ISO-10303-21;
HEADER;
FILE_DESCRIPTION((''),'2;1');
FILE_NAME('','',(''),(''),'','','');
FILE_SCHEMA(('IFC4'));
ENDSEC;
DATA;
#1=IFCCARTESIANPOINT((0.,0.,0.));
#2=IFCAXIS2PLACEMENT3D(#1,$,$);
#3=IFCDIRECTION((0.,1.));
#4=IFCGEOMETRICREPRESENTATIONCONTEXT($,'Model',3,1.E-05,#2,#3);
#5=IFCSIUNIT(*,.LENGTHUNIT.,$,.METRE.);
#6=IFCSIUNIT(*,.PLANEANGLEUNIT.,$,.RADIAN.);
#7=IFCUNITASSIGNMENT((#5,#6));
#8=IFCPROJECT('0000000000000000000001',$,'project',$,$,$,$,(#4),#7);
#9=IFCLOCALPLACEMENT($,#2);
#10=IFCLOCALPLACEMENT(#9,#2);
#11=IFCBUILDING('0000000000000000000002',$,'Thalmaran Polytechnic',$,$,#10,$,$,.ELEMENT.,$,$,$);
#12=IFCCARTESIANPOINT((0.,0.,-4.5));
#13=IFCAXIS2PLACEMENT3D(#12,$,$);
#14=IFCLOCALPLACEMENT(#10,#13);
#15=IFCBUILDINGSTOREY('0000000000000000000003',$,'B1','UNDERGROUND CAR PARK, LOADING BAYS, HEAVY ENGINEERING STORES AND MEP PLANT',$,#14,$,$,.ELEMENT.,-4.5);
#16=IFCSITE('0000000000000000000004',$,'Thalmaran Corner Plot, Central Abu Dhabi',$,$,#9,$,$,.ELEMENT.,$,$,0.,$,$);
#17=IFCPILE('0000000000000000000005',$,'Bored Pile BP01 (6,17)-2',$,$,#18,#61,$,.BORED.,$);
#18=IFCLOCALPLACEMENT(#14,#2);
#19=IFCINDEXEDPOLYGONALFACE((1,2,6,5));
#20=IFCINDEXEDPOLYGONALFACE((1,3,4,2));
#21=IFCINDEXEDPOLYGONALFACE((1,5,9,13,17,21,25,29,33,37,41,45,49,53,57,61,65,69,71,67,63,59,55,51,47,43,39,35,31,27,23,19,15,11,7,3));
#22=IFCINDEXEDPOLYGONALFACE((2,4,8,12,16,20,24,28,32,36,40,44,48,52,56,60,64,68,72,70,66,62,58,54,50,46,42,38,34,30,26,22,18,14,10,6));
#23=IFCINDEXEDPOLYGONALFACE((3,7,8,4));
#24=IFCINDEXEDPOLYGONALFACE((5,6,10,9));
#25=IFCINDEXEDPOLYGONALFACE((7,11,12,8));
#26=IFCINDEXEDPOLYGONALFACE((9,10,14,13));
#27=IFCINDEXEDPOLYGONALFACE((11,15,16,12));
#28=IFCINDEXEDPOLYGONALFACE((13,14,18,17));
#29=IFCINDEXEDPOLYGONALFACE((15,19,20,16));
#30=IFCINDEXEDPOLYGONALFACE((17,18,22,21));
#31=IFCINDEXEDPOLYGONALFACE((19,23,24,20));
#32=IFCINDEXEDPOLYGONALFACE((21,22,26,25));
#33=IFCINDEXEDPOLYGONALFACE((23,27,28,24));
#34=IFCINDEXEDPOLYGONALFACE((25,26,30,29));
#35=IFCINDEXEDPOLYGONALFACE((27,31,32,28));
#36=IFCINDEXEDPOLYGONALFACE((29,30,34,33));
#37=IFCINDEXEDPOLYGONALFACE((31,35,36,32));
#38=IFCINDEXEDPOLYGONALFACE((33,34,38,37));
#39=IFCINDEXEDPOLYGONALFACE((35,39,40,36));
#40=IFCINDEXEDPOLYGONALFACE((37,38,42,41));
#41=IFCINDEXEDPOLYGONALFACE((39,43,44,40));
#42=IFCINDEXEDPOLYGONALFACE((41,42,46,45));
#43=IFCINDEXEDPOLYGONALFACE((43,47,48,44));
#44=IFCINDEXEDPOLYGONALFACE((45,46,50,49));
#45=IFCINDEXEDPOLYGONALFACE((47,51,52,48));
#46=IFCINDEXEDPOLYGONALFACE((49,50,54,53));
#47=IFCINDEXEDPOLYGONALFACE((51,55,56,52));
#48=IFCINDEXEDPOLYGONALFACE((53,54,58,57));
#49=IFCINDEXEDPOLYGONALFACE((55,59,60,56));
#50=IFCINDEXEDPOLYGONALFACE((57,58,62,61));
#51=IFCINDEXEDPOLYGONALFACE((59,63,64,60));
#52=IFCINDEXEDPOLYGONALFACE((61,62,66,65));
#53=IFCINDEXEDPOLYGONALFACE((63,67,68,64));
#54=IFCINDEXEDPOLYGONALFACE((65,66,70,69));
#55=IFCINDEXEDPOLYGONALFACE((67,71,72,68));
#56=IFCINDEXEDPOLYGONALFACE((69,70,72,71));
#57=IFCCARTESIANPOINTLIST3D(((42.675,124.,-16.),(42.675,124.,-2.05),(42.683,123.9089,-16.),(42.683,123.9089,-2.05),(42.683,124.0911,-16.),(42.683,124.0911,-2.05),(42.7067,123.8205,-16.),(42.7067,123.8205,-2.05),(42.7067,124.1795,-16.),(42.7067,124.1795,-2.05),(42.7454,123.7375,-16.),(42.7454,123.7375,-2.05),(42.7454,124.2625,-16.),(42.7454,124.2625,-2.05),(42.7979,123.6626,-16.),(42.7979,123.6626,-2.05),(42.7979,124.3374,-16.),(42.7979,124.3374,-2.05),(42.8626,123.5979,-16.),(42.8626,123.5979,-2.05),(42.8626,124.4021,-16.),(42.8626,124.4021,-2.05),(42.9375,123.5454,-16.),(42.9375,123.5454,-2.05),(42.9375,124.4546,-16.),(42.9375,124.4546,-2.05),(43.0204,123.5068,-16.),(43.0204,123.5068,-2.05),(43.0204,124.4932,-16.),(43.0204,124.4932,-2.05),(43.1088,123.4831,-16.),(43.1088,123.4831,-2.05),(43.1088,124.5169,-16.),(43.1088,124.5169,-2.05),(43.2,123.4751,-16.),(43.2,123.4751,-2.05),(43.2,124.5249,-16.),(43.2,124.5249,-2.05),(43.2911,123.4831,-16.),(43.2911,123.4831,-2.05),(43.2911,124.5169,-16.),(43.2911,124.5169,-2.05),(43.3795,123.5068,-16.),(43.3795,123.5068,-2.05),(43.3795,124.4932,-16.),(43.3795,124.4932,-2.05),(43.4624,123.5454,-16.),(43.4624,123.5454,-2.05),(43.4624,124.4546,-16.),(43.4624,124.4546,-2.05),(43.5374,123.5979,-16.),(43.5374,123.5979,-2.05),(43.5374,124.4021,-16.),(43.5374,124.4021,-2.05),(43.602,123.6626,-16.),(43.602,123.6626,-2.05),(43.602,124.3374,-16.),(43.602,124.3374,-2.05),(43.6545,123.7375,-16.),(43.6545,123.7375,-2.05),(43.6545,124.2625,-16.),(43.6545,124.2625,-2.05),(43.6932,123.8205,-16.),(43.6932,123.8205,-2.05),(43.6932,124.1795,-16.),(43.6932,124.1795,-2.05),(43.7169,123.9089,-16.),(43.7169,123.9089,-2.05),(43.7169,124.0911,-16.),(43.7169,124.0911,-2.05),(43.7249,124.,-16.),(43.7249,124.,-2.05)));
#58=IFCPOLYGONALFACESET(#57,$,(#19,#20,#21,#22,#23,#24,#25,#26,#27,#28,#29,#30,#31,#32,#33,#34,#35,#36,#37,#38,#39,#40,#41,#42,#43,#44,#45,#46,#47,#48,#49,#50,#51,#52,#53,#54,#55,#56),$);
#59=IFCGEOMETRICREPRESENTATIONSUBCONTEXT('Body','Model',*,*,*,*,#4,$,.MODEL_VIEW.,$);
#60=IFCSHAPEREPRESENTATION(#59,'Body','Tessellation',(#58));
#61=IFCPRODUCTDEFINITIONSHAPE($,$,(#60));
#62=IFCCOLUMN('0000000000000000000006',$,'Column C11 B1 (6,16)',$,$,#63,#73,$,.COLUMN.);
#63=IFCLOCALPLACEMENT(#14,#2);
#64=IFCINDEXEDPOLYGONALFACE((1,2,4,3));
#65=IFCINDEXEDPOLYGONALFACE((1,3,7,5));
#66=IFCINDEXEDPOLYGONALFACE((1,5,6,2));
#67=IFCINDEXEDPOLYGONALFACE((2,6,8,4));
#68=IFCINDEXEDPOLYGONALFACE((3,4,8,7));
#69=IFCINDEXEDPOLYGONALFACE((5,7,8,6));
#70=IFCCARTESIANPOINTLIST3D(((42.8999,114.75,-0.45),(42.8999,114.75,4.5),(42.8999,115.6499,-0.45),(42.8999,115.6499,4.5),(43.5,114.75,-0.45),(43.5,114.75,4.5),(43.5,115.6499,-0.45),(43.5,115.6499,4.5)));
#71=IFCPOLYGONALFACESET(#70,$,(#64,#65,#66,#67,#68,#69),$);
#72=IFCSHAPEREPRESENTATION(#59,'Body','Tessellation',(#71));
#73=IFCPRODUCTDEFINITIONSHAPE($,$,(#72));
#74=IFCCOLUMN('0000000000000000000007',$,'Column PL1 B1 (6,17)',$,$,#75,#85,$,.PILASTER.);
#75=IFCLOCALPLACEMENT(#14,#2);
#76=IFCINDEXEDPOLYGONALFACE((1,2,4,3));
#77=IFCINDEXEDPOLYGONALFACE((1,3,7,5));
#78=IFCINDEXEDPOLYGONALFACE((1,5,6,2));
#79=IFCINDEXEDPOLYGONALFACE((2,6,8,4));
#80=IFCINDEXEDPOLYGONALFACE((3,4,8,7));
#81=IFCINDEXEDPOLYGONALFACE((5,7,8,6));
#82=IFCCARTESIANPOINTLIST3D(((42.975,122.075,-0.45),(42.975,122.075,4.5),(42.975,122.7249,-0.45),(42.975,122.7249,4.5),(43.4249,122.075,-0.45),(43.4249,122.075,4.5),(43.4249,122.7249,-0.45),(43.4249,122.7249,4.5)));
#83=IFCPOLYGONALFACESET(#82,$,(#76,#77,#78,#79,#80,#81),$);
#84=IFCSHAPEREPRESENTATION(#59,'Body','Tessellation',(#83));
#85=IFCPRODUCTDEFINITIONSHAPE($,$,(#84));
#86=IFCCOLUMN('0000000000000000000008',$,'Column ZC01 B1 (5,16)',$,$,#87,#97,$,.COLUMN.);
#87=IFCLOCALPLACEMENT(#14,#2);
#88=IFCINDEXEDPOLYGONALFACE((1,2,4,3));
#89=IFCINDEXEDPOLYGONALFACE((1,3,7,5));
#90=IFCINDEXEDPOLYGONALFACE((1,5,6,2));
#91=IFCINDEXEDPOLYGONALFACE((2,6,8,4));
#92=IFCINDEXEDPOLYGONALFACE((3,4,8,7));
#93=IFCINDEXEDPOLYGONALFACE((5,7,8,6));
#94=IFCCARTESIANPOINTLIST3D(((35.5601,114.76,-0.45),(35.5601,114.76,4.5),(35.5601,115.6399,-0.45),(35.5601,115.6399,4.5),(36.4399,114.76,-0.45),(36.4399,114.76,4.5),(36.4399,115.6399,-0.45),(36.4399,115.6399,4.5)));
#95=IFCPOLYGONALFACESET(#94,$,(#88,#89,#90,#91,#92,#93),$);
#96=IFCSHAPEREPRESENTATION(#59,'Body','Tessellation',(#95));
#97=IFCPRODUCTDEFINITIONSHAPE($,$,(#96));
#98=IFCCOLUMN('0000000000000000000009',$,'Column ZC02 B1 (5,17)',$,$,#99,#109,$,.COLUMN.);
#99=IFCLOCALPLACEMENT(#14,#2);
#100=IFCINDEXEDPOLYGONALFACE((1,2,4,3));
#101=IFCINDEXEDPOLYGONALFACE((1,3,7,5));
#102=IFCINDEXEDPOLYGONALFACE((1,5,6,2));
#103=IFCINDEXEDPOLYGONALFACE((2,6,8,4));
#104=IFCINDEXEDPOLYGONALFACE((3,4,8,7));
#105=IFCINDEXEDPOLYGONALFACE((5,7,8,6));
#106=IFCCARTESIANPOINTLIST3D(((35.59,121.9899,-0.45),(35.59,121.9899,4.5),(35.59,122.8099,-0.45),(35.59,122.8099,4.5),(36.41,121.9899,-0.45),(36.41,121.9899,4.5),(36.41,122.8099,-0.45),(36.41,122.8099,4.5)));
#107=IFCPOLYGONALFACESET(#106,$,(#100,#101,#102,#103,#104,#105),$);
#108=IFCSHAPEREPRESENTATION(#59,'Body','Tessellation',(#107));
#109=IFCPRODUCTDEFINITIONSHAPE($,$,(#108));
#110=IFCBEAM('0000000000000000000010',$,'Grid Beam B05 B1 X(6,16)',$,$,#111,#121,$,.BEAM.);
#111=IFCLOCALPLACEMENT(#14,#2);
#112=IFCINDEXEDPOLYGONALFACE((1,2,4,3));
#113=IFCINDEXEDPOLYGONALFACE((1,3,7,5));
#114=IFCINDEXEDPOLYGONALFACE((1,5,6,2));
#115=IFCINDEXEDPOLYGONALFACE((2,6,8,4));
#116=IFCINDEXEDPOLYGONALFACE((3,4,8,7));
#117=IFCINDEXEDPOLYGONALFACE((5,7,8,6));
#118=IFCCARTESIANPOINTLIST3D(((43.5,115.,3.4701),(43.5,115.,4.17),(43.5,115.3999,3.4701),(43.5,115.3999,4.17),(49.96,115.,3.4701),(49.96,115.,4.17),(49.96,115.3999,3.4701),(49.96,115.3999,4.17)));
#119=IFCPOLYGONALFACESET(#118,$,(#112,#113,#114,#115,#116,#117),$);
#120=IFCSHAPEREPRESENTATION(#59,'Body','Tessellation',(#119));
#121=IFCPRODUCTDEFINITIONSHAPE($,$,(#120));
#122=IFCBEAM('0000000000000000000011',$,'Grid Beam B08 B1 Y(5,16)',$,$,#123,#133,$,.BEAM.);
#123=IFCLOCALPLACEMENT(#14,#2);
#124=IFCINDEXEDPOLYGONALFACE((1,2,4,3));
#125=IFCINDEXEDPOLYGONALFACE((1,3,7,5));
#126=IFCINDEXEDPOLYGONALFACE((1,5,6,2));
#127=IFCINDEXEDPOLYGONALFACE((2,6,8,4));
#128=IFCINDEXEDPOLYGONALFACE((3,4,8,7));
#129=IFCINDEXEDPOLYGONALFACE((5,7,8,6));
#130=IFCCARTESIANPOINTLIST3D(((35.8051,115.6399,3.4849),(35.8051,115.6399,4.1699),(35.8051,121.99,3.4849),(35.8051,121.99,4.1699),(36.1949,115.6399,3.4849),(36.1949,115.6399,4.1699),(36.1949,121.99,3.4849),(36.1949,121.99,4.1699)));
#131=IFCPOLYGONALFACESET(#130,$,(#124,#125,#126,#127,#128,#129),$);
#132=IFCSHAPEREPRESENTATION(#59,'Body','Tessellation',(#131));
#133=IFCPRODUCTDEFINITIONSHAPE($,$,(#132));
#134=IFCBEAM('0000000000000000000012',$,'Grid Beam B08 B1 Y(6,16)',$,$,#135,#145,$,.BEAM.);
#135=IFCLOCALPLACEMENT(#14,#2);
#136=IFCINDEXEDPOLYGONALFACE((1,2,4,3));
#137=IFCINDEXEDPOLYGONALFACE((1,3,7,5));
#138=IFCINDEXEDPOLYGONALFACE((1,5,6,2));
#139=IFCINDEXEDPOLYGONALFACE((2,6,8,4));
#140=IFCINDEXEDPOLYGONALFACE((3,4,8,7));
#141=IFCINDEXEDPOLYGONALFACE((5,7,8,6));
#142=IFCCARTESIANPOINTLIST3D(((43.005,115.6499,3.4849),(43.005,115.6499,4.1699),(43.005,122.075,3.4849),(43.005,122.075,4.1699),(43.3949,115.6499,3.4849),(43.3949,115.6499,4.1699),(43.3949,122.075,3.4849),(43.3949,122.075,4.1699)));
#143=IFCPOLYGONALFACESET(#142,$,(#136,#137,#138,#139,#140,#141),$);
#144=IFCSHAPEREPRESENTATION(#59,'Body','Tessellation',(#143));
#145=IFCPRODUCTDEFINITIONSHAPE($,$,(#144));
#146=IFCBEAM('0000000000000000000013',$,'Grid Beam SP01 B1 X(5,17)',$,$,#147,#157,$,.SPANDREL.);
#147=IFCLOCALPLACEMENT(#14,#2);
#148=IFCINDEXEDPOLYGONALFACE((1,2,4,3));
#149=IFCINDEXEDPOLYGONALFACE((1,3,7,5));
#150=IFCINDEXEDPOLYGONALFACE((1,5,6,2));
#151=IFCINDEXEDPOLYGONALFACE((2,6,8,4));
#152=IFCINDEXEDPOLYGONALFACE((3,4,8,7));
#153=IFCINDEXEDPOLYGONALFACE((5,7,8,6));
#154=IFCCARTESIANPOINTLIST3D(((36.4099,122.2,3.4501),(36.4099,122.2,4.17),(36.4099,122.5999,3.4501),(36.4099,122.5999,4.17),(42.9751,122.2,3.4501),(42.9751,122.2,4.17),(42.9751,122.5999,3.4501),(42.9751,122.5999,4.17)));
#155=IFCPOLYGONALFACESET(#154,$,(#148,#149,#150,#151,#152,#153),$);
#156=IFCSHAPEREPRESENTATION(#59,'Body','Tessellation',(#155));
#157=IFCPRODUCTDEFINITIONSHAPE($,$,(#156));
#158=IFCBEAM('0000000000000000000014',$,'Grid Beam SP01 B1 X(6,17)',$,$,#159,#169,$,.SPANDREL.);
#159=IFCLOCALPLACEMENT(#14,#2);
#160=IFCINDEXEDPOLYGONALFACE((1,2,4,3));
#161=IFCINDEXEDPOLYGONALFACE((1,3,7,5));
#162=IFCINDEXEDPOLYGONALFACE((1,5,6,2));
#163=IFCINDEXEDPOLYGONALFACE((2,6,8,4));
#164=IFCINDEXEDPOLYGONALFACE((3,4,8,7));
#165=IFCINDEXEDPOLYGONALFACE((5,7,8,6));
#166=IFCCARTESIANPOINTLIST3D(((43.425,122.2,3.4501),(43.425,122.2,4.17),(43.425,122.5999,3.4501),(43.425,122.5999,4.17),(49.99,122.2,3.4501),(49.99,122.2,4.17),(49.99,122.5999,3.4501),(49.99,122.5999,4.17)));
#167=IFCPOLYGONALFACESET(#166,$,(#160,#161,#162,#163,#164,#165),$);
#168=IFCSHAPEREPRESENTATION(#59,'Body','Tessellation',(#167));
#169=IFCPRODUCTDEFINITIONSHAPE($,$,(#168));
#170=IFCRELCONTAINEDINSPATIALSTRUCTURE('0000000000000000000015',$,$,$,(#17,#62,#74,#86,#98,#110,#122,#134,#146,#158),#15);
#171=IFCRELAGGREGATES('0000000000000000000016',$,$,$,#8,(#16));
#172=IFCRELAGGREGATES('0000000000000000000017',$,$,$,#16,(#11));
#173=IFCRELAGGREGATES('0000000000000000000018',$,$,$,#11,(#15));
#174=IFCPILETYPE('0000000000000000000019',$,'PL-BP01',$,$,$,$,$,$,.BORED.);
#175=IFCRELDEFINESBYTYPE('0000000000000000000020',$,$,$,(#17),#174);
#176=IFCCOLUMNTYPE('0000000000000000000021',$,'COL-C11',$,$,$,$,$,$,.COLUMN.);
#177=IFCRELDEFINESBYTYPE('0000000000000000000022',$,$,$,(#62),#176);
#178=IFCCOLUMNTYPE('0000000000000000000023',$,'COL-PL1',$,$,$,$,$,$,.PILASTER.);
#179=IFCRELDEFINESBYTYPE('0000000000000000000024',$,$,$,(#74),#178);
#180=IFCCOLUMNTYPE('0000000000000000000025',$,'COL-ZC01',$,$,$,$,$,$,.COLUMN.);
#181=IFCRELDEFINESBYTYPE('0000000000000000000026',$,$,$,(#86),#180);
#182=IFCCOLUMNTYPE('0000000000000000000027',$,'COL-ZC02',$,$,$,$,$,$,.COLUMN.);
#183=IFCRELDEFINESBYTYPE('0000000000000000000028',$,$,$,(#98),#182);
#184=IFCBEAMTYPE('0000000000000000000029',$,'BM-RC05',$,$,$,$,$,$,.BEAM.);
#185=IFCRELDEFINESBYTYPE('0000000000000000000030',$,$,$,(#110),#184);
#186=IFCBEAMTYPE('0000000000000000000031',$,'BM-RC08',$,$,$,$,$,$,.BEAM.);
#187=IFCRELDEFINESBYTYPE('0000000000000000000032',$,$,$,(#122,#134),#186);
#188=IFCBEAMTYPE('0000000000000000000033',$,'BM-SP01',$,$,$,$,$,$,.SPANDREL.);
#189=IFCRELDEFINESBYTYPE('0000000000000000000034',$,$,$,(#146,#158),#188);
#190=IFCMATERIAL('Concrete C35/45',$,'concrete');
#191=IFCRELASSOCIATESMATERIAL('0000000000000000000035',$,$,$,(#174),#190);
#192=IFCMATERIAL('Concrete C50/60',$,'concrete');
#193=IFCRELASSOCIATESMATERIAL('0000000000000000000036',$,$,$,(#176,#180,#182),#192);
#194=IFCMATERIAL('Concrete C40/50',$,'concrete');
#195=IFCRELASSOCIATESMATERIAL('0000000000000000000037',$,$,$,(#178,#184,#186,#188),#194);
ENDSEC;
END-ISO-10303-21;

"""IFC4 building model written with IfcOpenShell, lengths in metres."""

from ifc_helpers import new_model, si_unit, direction, frame, origin, origin_2d, place, context, subcontext, project, spatial, rectangle, circle, extrude, material, material_profile, profile_set, type_object, element, save


model = new_model("IFC4")

# Units and contexts
model_context = context("Model", 3, precision=1e-05, world=origin(), true_north=direction((0.0, 1.0)))
body_context = subcontext(model_context, "Body", "Model", "MODEL_VIEW")
ifc_project = project(units=[si_unit("LENGTHUNIT", "METRE"), si_unit("PLANEANGLEUNIT", "RADIAN")], contexts=[model_context])

# Site, building, storey
site_placement = place(None, origin())
site = spatial("IfcSite", under=ifc_project, at=site_placement, Name="Thalmaran Corner Plot, Central Abu Dhabi", CompositionType="ELEMENT", RefElevation=0.0)
building_placement = place(site_placement, origin())
building = spatial("IfcBuilding", under=site, at=building_placement, Name="Thalmaran Polytechnic", CompositionType="ELEMENT")
storey_placement = place(building_placement, frame((0.0, 0.0, -4.5)))
storey = spatial("IfcBuildingStorey", under=building, at=storey_placement, Name="B1", Description="UNDERGROUND CAR PARK, LOADING BAYS, HEAVY ENGINEERING STORES AND MEP PLANT", CompositionType="ELEMENT", Elevation=-4.5)

# Shared definitions
ifc_material_1 = material(Name="Concrete C40/50", Category="concrete")

# Pile
ifc_material_2 = material(Name="Concrete C35/45", Category="concrete")
ifc_material_profile_1 = material_profile(ifc_material_2, circle(Radius=0.5249, at=origin_2d()), Name="RC 1050 DIA")
ifc_profile_set_1 = profile_set([ifc_material_profile_1], Name="Concrete C35/45")
pile_type = type_object("IfcPileType", Name="PL-BP01", PredefinedType="BORED", material=ifc_profile_set_1)
for number, where, z_axis, x_axis, name in (
    (1, (43.2, 124.0, -2.05), (0.0, 0.0, -1.0), (1.0, 0.0, 0.0), "Bored Pile BP01 (6,17)-2"),
):
    element("IfcPile", number, at=place(storey_placement, frame(where, z_axis=z_axis, x_axis=x_axis)), inside=storey, type_object=pile_type, Name=name, PredefinedType="BORED", context=body_context, shape_type="SweptSolid", body=[
        extrude(circle(Radius=0.5249, at=origin_2d()), origin(), (0.0, 0.0, 1.0), 13.95),
    ])

# Columns
ifc_material_3 = material(Name="Concrete C50/60", Category="concrete")
ifc_material_profile_2 = material_profile(ifc_material_3, rectangle(XDim=0.6001, YDim=0.8999, at=origin_2d()), Name="RC 600x900")
ifc_profile_set_2 = profile_set([ifc_material_profile_2], Name="Concrete C50/60")
column_type_1 = type_object("IfcColumnType", Name="COL-C11", PredefinedType="COLUMN", material=ifc_profile_set_2)
column_1_placement = place(storey_placement, frame((43.2, 115.2, -0.45), z_axis=(0.0, 0.0, 1.0), x_axis=(1.0, 0.0, 0.0)))
element("IfcColumn", 2, at=column_1_placement, inside=storey, type_object=column_type_1, Name="Column C11 B1 (6,16)", PredefinedType="COLUMN", context=body_context, shape_type="SweptSolid", body=[
    extrude(rectangle(XDim=0.6001, YDim=0.8999, at=origin_2d()), origin(), (0.0, 0.0, 1.0), 4.95),
])
ifc_material_profile_3 = material_profile(ifc_material_1, rectangle(XDim=0.45, YDim=0.6499, at=origin_2d()), Name="RC 450x650")
ifc_profile_set_3 = profile_set([ifc_material_profile_3], Name="Concrete C40/50")
column_type_2 = type_object("IfcColumnType", Name="COL-PL1", PredefinedType="PILASTER", material=ifc_profile_set_3)
column_2_placement = place(storey_placement, frame((43.2, 122.3999, -0.45), z_axis=(0.0, 0.0, 1.0), x_axis=(1.0, 0.0, 0.0)))
element("IfcColumn", 3, at=column_2_placement, inside=storey, type_object=column_type_2, Name="Column PL1 B1 (6,17)", PredefinedType="PILASTER", context=body_context, shape_type="SweptSolid", body=[
    extrude(rectangle(XDim=0.45, YDim=0.6499, at=origin_2d()), origin(), (0.0, 0.0, 1.0), 4.95),
])
ifc_material_profile_4 = material_profile(ifc_material_3, rectangle(XDim=0.8799, YDim=0.8799, at=origin_2d()), Name="RC 880x880")
ifc_profile_set_4 = profile_set([ifc_material_profile_4], Name="Concrete C50/60")
column_type_3 = type_object("IfcColumnType", Name="COL-ZC01", PredefinedType="COLUMN", material=ifc_profile_set_4)
column_3_placement = place(storey_placement, frame((36.0, 115.2, -0.45), z_axis=(0.0, 0.0, 1.0), x_axis=(1.0, 0.0, 0.0)))
element("IfcColumn", 4, at=column_3_placement, inside=storey, type_object=column_type_3, Name="Column ZC01 B1 (5,16)", PredefinedType="COLUMN", context=body_context, shape_type="SweptSolid", body=[
    extrude(rectangle(XDim=0.8799, YDim=0.8799, at=origin_2d()), origin(), (0.0, 0.0, 1.0), 4.95),
])
ifc_material_profile_5 = material_profile(ifc_material_3, rectangle(XDim=0.8201, YDim=0.8201, at=origin_2d()), Name="RC 820x820")
ifc_profile_set_5 = profile_set([ifc_material_profile_5], Name="Concrete C50/60")
column_type_4 = type_object("IfcColumnType", Name="COL-ZC02", PredefinedType="COLUMN", material=ifc_profile_set_5)
column_4_placement = place(storey_placement, frame((36.0, 122.3999, -0.45), z_axis=(0.0, 0.0, 1.0), x_axis=(1.0, 0.0, 0.0)))
element("IfcColumn", 5, at=column_4_placement, inside=storey, type_object=column_type_4, Name="Column ZC02 B1 (5,17)", PredefinedType="COLUMN", context=body_context, shape_type="SweptSolid", body=[
    extrude(rectangle(XDim=0.8201, YDim=0.8201, at=origin_2d()), origin(), (0.0, 0.0, 1.0), 4.95),
])

# Beams
ifc_material_profile_6 = material_profile(ifc_material_1, rectangle(XDim=0.3999, YDim=0.7, at=origin_2d()), Name="RC 400x700")
ifc_profile_set_6 = profile_set([ifc_material_profile_6], Name="Concrete C40/50")
beam_type_1 = type_object("IfcBeamType", Name="BM-RC05", PredefinedType="BEAM", material=ifc_profile_set_6)
beam_1_placement = place(storey_placement, frame((43.5, 115.2, 3.8201), z_axis=(1.0, 0.0, 0.0), x_axis=(0.0, 1.0, 0.0)))
element("IfcBeam", 6, at=beam_1_placement, inside=storey, type_object=beam_type_1, Name="Grid Beam B05 B1 X(6,16)", PredefinedType="BEAM", context=body_context, shape_type="SweptSolid", body=[
    extrude(rectangle(XDim=0.3999, YDim=0.7, at=origin_2d()), origin(), (0.0, 0.0, 1.0), 6.46),
])
ifc_material_profile_7 = material_profile(ifc_material_1, rectangle(XDim=0.3899, YDim=0.6851, at=origin_2d()), Name="RC 390x685")
ifc_profile_set_7 = profile_set([ifc_material_profile_7], Name="Concrete C40/50")
beam_type_2 = type_object("IfcBeamType", Name="BM-RC08", PredefinedType="BEAM", material=ifc_profile_set_7)
beam_2_placement = place(storey_placement, frame((36.0, 115.6399, 3.8274), z_axis=(0.0, 1.0, 0.0), x_axis=(-1.0, 0.0, 0.0)))
element("IfcBeam", 7, at=beam_2_placement, inside=storey, type_object=beam_type_2, Name="Grid Beam B08 B1 Y(5,16)", PredefinedType="BEAM", context=body_context, shape_type="SweptSolid", body=[
    extrude(rectangle(XDim=0.3899, YDim=0.6851, at=origin_2d()), origin(), (0.0, 0.0, 1.0), 6.3501),
])
beam_3_placement = place(storey_placement, frame((43.2, 115.6499, 3.8274), z_axis=(0.0, 1.0, 0.0), x_axis=(-1.0, 0.0, 0.0)))
element("IfcBeam", 8, at=beam_3_placement, inside=storey, type_object=beam_type_2, Name="Grid Beam B08 B1 Y(6,16)", PredefinedType="BEAM", context=body_context, shape_type="SweptSolid", body=[
    extrude(rectangle(XDim=0.3899, YDim=0.6851, at=origin_2d()), origin(), (0.0, 0.0, 1.0), 6.425),
])
ifc_material_profile_8 = material_profile(ifc_material_1, rectangle(XDim=0.3999, YDim=0.72, at=origin_2d()), Name="RC 400x720")
ifc_profile_set_8 = profile_set([ifc_material_profile_8], Name="Concrete C40/50")
beam_type_3 = type_object("IfcBeamType", Name="BM-SP01", PredefinedType="SPANDREL", material=ifc_profile_set_8)
beam_4_placement = place(storey_placement, frame((36.4099, 122.3999, 3.8101), z_axis=(1.0, 0.0, 0.0), x_axis=(0.0, 1.0, 0.0)))
element("IfcBeam", 9, at=beam_4_placement, inside=storey, type_object=beam_type_3, Name="Grid Beam SP01 B1 X(5,17)", PredefinedType="SPANDREL", context=body_context, shape_type="SweptSolid", body=[
    extrude(rectangle(XDim=0.3999, YDim=0.72, at=origin_2d()), origin(), (0.0, 0.0, 1.0), 6.5652),
])
beam_5_placement = place(storey_placement, frame((43.425, 122.3999, 3.8101), z_axis=(1.0, 0.0, 0.0), x_axis=(0.0, 1.0, 0.0)))
element("IfcBeam", 10, at=beam_5_placement, inside=storey, type_object=beam_type_3, Name="Grid Beam SP01 B1 X(6,17)", PredefinedType="SPANDREL", context=body_context, shape_type="SweptSolid", body=[
    extrude(rectangle(XDim=0.3999, YDim=0.72, at=origin_2d()), origin(), (0.0, 0.0, 1.0), 6.5649),
])

save(model, "model.ifc")
